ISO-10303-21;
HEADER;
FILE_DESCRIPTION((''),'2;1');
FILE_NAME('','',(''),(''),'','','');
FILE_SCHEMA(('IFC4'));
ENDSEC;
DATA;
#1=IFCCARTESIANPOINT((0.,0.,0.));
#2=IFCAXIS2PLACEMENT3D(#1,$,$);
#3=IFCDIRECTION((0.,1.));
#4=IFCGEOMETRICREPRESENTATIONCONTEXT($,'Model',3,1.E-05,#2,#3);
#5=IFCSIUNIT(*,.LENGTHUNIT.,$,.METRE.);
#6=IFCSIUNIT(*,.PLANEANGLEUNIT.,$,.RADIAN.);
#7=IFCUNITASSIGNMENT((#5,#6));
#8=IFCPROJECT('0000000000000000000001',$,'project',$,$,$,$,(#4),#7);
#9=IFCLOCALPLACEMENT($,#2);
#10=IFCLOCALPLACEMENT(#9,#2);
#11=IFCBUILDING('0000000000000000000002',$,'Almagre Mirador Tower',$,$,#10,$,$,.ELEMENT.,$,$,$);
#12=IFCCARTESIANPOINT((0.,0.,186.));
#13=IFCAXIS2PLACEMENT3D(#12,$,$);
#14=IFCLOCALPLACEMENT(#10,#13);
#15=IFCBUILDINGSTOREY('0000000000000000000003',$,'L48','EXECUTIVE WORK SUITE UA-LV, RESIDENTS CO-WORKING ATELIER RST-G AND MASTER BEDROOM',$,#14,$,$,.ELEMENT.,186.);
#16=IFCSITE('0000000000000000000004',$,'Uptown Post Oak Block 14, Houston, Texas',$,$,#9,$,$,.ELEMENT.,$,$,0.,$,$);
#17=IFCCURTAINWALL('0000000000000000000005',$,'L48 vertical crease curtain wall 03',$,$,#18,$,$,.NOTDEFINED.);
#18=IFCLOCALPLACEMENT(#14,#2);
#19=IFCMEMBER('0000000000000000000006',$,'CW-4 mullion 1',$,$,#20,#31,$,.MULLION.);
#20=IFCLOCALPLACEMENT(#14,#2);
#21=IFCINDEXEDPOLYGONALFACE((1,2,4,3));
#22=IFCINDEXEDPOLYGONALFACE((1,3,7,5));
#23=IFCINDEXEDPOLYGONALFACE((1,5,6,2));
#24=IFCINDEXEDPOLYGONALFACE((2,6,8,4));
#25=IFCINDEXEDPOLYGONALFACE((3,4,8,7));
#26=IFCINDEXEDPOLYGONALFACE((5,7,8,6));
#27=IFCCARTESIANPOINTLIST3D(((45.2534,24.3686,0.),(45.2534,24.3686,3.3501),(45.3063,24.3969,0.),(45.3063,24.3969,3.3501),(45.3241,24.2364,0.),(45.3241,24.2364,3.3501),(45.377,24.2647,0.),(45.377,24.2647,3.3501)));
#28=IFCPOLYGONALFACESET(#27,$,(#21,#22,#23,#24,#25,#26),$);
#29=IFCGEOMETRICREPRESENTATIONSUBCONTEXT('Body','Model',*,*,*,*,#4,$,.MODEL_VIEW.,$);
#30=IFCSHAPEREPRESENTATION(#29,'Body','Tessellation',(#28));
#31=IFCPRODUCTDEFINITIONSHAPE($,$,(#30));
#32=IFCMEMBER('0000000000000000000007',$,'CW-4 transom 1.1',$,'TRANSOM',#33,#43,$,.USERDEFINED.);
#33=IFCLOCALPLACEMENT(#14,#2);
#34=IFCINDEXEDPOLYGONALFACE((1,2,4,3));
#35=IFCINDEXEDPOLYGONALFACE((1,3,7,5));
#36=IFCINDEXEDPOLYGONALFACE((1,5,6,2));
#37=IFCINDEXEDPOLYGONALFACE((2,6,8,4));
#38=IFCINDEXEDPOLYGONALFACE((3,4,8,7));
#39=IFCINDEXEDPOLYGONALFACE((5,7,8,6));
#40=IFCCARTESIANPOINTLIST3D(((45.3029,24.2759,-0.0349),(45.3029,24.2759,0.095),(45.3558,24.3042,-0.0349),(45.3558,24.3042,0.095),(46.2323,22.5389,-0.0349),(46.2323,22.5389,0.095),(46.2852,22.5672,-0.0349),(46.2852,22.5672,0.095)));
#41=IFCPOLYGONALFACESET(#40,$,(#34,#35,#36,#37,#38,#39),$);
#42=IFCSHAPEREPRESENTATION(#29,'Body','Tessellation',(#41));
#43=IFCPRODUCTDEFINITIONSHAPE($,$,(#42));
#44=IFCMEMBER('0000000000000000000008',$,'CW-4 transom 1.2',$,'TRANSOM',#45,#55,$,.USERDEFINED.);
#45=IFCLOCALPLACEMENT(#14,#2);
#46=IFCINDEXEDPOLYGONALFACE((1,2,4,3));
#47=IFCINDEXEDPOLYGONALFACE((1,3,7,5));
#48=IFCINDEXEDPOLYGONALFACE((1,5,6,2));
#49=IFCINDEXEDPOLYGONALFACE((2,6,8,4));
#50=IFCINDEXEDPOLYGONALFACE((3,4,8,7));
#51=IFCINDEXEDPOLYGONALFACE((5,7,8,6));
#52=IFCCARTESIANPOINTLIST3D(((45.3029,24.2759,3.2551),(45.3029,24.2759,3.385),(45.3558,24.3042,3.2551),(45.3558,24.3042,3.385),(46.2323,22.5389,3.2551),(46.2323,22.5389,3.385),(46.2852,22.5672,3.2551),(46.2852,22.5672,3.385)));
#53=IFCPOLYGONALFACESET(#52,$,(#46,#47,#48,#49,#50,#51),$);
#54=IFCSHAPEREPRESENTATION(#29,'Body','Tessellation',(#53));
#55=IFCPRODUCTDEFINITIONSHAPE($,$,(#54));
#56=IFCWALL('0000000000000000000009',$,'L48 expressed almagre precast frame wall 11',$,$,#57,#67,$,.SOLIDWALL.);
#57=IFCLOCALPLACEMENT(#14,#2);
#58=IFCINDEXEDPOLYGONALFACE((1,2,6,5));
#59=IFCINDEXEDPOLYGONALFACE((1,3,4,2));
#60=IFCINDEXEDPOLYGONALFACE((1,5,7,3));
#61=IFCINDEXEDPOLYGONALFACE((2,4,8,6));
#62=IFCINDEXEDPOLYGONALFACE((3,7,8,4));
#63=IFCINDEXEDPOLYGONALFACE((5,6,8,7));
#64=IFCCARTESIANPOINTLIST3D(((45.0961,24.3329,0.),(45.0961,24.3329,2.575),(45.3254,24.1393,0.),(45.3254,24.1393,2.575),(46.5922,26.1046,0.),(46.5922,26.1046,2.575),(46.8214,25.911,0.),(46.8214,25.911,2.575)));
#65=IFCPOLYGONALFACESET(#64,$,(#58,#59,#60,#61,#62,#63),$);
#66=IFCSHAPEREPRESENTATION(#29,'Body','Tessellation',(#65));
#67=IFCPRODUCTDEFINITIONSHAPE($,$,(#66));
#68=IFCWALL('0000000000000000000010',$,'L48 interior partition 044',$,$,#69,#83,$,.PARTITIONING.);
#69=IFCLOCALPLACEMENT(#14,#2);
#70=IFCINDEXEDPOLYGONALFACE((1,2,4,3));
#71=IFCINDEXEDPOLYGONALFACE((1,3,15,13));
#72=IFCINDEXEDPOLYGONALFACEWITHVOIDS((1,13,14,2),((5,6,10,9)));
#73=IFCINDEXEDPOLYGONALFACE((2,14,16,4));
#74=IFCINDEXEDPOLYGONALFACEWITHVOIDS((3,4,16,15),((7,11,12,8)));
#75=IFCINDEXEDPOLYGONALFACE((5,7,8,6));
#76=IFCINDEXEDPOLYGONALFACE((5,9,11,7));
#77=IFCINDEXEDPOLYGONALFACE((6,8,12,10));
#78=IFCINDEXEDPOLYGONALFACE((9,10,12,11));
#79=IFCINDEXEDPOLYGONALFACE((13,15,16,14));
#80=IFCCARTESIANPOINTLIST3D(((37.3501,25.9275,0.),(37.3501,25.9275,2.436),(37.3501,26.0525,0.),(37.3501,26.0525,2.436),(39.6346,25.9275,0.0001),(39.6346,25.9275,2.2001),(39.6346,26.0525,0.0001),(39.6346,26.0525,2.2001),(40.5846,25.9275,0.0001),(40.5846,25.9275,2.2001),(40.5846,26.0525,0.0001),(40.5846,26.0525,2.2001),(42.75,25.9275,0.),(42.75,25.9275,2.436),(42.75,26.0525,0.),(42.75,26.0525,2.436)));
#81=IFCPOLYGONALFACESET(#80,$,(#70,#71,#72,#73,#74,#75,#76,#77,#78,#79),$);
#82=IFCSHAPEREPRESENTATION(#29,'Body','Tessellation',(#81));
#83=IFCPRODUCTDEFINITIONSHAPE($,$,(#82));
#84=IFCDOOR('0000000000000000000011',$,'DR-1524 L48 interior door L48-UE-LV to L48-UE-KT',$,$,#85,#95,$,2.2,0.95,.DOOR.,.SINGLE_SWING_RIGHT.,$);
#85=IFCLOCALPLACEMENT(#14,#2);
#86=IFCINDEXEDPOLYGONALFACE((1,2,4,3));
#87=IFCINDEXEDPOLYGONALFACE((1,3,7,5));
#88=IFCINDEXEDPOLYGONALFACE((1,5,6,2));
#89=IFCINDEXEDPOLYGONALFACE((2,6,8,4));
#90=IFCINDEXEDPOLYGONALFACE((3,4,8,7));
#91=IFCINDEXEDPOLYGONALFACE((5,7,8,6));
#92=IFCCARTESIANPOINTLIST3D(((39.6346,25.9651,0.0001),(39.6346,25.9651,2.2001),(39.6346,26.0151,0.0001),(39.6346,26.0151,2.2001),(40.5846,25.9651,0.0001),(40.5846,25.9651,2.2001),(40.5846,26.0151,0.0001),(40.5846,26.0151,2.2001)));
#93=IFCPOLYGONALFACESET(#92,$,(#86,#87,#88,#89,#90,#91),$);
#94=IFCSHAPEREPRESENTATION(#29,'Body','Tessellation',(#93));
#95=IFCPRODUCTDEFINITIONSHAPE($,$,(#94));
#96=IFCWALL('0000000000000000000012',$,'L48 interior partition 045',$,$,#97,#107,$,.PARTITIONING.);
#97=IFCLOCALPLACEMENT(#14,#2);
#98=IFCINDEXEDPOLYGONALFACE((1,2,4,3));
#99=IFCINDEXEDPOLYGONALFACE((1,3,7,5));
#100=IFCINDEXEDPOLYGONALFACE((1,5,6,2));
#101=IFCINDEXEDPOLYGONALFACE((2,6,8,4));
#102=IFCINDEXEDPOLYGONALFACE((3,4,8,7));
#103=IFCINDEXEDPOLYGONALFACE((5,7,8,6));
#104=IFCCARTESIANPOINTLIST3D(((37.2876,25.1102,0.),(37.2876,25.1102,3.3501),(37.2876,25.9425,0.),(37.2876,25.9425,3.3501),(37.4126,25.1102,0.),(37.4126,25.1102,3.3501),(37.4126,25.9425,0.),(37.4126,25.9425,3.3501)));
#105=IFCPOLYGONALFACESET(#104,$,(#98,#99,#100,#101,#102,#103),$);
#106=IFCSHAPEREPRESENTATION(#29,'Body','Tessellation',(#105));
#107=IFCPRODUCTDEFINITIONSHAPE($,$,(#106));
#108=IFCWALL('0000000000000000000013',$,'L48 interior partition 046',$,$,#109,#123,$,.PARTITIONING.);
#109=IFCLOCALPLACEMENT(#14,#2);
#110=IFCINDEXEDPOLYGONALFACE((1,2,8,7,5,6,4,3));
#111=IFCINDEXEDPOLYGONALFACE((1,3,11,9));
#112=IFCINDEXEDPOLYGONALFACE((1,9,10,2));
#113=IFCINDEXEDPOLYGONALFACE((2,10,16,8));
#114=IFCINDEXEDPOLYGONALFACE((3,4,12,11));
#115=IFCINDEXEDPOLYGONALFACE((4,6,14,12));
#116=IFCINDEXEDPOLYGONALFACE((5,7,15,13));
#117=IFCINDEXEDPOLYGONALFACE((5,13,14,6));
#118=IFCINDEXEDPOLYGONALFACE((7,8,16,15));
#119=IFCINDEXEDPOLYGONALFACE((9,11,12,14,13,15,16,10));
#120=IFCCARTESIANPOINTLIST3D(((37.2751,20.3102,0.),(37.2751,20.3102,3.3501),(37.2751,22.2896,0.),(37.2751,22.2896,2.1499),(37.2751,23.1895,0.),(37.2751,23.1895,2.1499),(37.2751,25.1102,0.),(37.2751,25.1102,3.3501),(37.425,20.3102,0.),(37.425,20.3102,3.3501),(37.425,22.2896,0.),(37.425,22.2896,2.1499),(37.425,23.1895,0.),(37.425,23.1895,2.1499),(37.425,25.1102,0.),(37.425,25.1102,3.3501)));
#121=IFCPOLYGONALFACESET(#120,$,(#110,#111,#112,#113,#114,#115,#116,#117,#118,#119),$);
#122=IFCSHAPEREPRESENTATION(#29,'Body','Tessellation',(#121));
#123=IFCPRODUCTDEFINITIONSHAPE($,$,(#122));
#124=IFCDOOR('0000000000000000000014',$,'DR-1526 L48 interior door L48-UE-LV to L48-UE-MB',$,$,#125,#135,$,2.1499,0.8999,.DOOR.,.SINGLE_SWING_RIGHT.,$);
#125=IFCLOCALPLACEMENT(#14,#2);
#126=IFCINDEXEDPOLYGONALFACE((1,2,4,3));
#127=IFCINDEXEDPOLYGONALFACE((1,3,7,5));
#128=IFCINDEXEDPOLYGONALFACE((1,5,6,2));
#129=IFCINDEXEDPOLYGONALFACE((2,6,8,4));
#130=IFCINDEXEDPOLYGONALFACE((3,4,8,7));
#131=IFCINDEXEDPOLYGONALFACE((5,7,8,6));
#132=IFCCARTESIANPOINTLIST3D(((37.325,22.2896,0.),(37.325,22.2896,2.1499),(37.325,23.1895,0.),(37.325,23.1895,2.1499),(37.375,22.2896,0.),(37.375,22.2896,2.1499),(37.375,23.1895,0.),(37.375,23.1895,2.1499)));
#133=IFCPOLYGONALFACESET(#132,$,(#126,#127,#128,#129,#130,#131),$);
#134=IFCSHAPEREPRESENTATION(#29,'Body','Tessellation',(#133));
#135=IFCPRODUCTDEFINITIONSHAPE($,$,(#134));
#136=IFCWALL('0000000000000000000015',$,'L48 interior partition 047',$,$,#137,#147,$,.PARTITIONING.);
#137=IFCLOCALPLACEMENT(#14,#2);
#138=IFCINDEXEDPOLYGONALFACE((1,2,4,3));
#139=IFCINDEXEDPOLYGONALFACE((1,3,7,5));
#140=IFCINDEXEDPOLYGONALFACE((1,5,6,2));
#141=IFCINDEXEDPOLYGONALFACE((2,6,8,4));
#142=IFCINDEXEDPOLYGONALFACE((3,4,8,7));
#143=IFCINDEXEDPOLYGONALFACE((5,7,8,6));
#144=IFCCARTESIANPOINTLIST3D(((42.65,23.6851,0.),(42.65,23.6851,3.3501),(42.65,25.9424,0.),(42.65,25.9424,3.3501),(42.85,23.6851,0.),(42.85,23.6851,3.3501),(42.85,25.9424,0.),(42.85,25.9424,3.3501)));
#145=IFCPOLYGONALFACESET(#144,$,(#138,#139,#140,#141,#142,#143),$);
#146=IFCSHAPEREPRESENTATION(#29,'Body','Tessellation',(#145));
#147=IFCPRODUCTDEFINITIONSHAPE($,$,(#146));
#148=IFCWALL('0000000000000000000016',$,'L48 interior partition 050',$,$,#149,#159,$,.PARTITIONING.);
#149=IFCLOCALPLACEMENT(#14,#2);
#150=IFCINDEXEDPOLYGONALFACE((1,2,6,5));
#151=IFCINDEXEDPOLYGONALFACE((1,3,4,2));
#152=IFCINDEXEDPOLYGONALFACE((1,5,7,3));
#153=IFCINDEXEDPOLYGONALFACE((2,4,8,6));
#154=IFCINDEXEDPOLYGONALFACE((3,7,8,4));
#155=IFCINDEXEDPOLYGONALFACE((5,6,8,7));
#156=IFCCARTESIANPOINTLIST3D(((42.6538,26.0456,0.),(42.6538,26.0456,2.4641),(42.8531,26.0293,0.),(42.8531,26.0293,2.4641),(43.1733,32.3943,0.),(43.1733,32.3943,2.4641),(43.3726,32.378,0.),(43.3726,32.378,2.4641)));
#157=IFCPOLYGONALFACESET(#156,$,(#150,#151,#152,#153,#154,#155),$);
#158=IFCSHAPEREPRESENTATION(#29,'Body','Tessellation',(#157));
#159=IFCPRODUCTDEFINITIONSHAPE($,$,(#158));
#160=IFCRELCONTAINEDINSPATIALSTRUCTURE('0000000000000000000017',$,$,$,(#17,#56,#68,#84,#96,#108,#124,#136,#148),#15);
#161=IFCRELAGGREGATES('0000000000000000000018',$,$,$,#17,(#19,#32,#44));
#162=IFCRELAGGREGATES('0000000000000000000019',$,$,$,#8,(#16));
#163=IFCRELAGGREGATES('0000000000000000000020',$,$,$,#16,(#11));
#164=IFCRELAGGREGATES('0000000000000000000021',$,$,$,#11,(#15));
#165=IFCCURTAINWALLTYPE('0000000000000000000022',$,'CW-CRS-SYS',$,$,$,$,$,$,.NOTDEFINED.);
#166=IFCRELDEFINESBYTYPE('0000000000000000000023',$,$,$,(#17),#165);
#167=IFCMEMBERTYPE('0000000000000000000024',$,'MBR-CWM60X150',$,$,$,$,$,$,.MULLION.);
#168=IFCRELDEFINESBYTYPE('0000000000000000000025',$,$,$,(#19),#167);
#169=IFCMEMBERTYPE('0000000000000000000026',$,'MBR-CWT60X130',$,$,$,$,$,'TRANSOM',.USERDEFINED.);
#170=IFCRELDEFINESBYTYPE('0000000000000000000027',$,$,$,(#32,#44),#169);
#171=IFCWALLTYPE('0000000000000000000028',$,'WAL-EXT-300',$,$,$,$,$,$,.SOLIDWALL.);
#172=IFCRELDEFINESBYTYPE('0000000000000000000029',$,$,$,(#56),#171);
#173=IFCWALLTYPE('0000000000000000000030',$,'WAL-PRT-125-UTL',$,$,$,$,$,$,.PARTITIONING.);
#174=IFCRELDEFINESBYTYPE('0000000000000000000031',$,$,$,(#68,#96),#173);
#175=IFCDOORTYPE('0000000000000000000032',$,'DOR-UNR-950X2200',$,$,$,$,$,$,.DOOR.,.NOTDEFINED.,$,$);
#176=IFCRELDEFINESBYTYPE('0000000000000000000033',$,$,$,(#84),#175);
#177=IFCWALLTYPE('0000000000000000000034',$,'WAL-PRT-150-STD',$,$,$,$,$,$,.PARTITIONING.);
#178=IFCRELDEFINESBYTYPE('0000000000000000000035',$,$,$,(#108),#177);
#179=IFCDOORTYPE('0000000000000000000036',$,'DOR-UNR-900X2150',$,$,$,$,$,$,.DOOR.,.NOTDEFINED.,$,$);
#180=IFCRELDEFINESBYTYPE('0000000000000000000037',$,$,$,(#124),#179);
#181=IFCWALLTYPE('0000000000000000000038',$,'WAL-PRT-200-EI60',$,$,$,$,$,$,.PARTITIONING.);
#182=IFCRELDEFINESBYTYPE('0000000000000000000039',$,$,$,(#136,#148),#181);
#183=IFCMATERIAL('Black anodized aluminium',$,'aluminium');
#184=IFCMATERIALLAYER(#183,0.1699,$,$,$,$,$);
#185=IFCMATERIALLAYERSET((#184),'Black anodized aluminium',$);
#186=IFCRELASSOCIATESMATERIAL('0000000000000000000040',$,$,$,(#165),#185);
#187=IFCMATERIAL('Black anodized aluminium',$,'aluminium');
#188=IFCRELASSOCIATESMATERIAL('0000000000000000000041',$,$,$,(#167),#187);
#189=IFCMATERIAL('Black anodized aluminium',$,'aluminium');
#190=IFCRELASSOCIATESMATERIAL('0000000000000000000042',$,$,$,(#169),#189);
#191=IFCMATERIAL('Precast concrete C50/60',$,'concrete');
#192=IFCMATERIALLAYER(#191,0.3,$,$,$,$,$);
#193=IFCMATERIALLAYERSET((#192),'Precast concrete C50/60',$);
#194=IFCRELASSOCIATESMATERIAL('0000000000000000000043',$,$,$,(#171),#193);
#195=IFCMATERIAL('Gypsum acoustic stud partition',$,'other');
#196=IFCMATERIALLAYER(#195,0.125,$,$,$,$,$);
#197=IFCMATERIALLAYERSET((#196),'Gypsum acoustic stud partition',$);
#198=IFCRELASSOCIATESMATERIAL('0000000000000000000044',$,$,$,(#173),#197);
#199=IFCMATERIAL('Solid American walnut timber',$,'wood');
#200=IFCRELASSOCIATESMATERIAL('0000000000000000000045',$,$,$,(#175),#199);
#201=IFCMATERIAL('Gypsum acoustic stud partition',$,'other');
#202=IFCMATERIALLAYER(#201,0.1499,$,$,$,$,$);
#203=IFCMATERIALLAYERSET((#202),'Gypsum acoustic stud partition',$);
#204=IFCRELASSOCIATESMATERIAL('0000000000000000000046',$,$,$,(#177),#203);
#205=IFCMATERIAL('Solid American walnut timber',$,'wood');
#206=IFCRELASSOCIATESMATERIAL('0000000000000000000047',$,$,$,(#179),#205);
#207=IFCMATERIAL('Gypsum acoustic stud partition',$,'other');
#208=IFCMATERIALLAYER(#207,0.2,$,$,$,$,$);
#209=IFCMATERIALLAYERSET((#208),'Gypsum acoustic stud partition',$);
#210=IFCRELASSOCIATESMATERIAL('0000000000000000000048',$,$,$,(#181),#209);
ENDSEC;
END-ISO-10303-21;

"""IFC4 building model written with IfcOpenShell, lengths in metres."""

from ifc_helpers import new_model, si_unit, direction, frame, frame_2d, origin, origin_2d, place, context, subcontext, project, spatial, rectangle, extrude, material, layer, layer_set, material_profile, profile_set, type_object, element, fill, aggregate, save


model = new_model("IFC4")

# Units and contexts
model_context = context("Model", 3, precision=1e-05, world=origin(), true_north=direction((0.0, 1.0)))
body_context = subcontext(model_context, "Body", "Model", "MODEL_VIEW")
ifc_project = project(units=[si_unit("LENGTHUNIT", "METRE"), si_unit("PLANEANGLEUNIT", "RADIAN")], contexts=[model_context])

# Site, building, storey
site_placement = place(None, origin())
site = spatial("IfcSite", under=ifc_project, at=site_placement, Name="Uptown Post Oak Block 14, Houston, Texas", CompositionType="ELEMENT", RefElevation=0.0)
building_placement = place(site_placement, origin())
building = spatial("IfcBuilding", under=site, at=building_placement, Name="Almagre Mirador Tower", CompositionType="ELEMENT")
storey_placement = place(building_placement, frame((0.0, 0.0, 186.0)))
storey = spatial("IfcBuildingStorey", under=building, at=storey_placement, Name="L48", Description="EXECUTIVE WORK SUITE UA-LV, RESIDENTS CO-WORKING ATELIER RST-G AND MASTER BEDROOM", CompositionType="ELEMENT", Elevation=186.0)

# Curtain wall, members
ifc_material_1 = material(Name="Black anodized aluminium", Category="aluminium")
ifc_layer_1 = layer(ifc_material_1, 0.1699)
ifc_layer_set_1 = layer_set([ifc_layer_1], Name="Black anodized aluminium")
curtain_wall_type = type_object("IfcCurtainWallType", Name="CW-CRS-SYS", PredefinedType="NOTDEFINED", material=ifc_layer_set_1)
curtain_wall_placement = place(storey_placement, origin())
curtain_wall = element("IfcCurtainWall", 1, at=curtain_wall_placement, inside=storey, type_object=curtain_wall_type, Name="L48 vertical crease curtain wall 03", PredefinedType="NOTDEFINED")
ifc_material_2 = material(Name="Black anodized aluminium", Category="aluminium")
ifc_material_profile_1 = material_profile(ifc_material_2, rectangle(XDim=0.0601, YDim=0.1499, at=origin_2d()), Name="CWM60X150")
ifc_profile_set_1 = profile_set([ifc_material_profile_1], Name="Black anodized aluminium")
member_type_1 = type_object("IfcMemberType", Name="MBR-CWM60X150", PredefinedType="MULLION", material=ifc_profile_set_1)
member_1_placement = place(storey_placement, frame((45.3152, 24.3167, 0.0), z_axis=(0.0, 0.0, 1.0), x_axis=(0.881743, 0.47173, 0.0)))
member_1 = element("IfcMember", 2, at=member_1_placement, type_object=member_type_1, Name="CW-4 mullion 1", PredefinedType="MULLION", context=body_context, shape_type="SweptSolid", body=[
    extrude(rectangle(XDim=0.0601, YDim=0.1499, at=origin_2d()), origin(), (0.0, 0.0, 1.0), 3.3501),
])
ifc_material_3 = material(Name="Black anodized aluminium", Category="aluminium")
ifc_material_profile_2 = material_profile(ifc_material_3, rectangle(XDim=0.0601, YDim=0.1299, at=origin_2d()), Name="CWT60X130")
ifc_profile_set_2 = profile_set([ifc_material_profile_2], Name="Black anodized aluminium")
member_type_2 = type_object("IfcMemberType", Name="MBR-CWT60X130", ElementType="TRANSOM", PredefinedType="USERDEFINED", material=ifc_profile_set_2)
member_2_placement = place(storey_placement, frame((45.3293, 24.29, 0.03), z_axis=(0.471778, -0.881718, 0.0), x_axis=(0.881718, 0.471778, 0.0)))
member_2 = element("IfcMember", 3, at=member_2_placement, type_object=member_type_2, Name="CW-4 transom 1.1", ObjectType="TRANSOM", PredefinedType="USERDEFINED", context=body_context, shape_type="SweptSolid", body=[
    extrude(rectangle(XDim=0.0601, YDim=0.1299, at=origin_2d()), origin(), (0.0, 0.0, 1.0), 1.97),
])
member_3_placement = place(storey_placement, frame((45.3293, 24.29, 3.3201), z_axis=(0.471778, -0.881718, 0.0), x_axis=(0.881718, 0.471778, 0.0)))
member_3 = element("IfcMember", 4, at=member_3_placement, type_object=member_type_2, Name="CW-4 transom 1.2", ObjectType="TRANSOM", PredefinedType="USERDEFINED", context=body_context, shape_type="SweptSolid", body=[
    extrude(rectangle(XDim=0.0601, YDim=0.1299, at=origin_2d()), origin(), (0.0, 0.0, 1.0), 1.97),
])
aggregate(curtain_wall, [member_1, member_2, member_3])

# Wall
ifc_material_4 = material(Name="Precast concrete C50/60", Category="concrete")
ifc_layer_2 = layer(ifc_material_4, 0.3)
ifc_layer_set_2 = layer_set([ifc_layer_2], Name="Precast concrete C50/60")
wall_type_1 = type_object("IfcWallType", Name="WAL-EXT-300", PredefinedType="SOLIDWALL", material=ifc_layer_set_2)
wall_1_placement = place(storey_placement, frame((46.7068, 26.0078, 0.0), z_axis=(0.0, 0.0, 1.0), x_axis=(-0.645173, -0.764037, 0.0)))
element("IfcWall", 5, at=wall_1_placement, inside=storey, type_object=wall_type_1, Name="L48 expressed almagre precast frame wall 11", PredefinedType="SOLIDWALL", context=body_context, shape_type="SweptSolid", body=[
    extrude(rectangle(XDim=2.3188, YDim=0.3, at=frame_2d((1.1594, 0.0))), origin(), (0.0, 0.0, 1.0), 2.575),
])

# Wall, opening, door
ifc_material_5 = material(Name="Gypsum acoustic stud partition", Category="other")
ifc_layer_3 = layer(ifc_material_5, 0.125)
ifc_layer_set_3 = layer_set([ifc_layer_3], Name="Gypsum acoustic stud partition")
wall_type_2 = type_object("IfcWallType", Name="WAL-PRT-125-UTL", PredefinedType="PARTITIONING", material=ifc_layer_set_3)
wall_2_placement = place(storey_placement, frame((42.75, 25.99, 0.0), z_axis=(0.0, 0.0, 1.0), x_axis=(-1.0, 0.0, 0.0)))
wall_2 = element("IfcWall", 6, at=wall_2_placement, inside=storey, type_object=wall_type_2, Name="L48 interior partition 044", PredefinedType="PARTITIONING", context=body_context, shape_type="SweptSolid", body=[
    extrude(rectangle(XDim=5.3999, YDim=0.125, at=frame_2d((2.7, 0.0))), origin(), (0.0, 0.0, 1.0), 2.436),
])
opening_1_placement = place(wall_2_placement, frame((2.1653, 0.0, 0.0)))
opening_1 = element("IfcOpeningElement", 7, at=opening_1_placement, cuts=wall_2, PredefinedType="OPENING", context=body_context, shape_type="SweptSolid", body=[
    extrude(rectangle(XDim=0.95, YDim=2.2, at=frame_2d((0.4751, 1.1001))), frame((0.0, 0.0725, 0.0), z_axis=(0.0, -1.0, 0.0), x_axis=(1.0, 0.0, 0.0)), (0.0, 0.0, 1.0), 0.145),
])
ifc_material_6 = material(Name="Solid American walnut timber", Category="wood")
door_type_1 = type_object("IfcDoorType", Name="DOR-UNR-950X2200", OperationType="NOTDEFINED", PredefinedType="DOOR", material=ifc_material_6)
door_1_placement = place(opening_1_placement, origin())
door_1 = element("IfcDoor", 8, at=door_1_placement, inside=storey, type_object=door_type_1, Name="DR-1524 L48 interior door L48-UE-LV to L48-UE-KT", OperationType="SINGLE_SWING_RIGHT", OverallHeight=2.2, OverallWidth=0.95, PredefinedType="DOOR", context=body_context, shape_type="SweptSolid", body=[
    extrude(rectangle(XDim=0.95, YDim=2.2, at=frame_2d((0.4751, 1.1001))), frame((0.0, 0.0249, 0.0), z_axis=(0.0, -1.0, 0.0), x_axis=(1.0, 0.0, 0.0)), (0.0, 0.0, 1.0), 0.05),
])
fill(opening_1, door_1)

# Wall
wall_3_placement = place(storey_placement, frame((37.3501, 25.9424, 0.0), z_axis=(0.0, 0.0, 1.0), x_axis=(0.0, -1.0, 0.0)))
element("IfcWall", 9, at=wall_3_placement, inside=storey, type_object=wall_type_2, Name="L48 interior partition 045", PredefinedType="PARTITIONING", context=body_context, shape_type="SweptSolid", body=[
    extrude(rectangle(XDim=0.8323, YDim=0.125, at=frame_2d((0.416, 0.0))), origin(), (0.0, 0.0, 1.0), 3.3501),
])

# Wall, opening, door
ifc_material_7 = material(Name="Gypsum acoustic stud partition", Category="other")
ifc_layer_4 = layer(ifc_material_7, 0.1499)
ifc_layer_set_4 = layer_set([ifc_layer_4], Name="Gypsum acoustic stud partition")
wall_type_3 = type_object("IfcWallType", Name="WAL-PRT-150-STD", PredefinedType="PARTITIONING", material=ifc_layer_set_4)
wall_4_placement = place(storey_placement, frame((37.3501, 25.1101, 0.0), z_axis=(0.0, 0.0, 1.0), x_axis=(0.0, -1.0, 0.0)))
wall_4 = element("IfcWall", 10, at=wall_4_placement, inside=storey, type_object=wall_type_3, Name="L48 interior partition 046", PredefinedType="PARTITIONING", context=body_context, shape_type="SweptSolid", body=[
    extrude(rectangle(XDim=4.8, YDim=0.1499, at=frame_2d((2.3999, 0.0))), origin(), (0.0, 0.0, 1.0), 3.3501),
])
opening_2_placement = place(wall_4_placement, frame((1.9207, 0.0, 0.0)))
opening_2 = element("IfcOpeningElement", 11, at=opening_2_placement, cuts=wall_4, PredefinedType="OPENING", context=body_context, shape_type="SweptSolid", body=[
    extrude(rectangle(XDim=0.8999, YDim=2.1499, at=frame_2d((0.45, 1.075))), frame((0.0, 0.085, 0.0), z_axis=(0.0, -1.0, 0.0), x_axis=(1.0, 0.0, 0.0)), (0.0, 0.0, 1.0), 0.1699),
])
ifc_material_8 = material(Name="Solid American walnut timber", Category="wood")
door_type_2 = type_object("IfcDoorType", Name="DOR-UNR-900X2150", OperationType="NOTDEFINED", PredefinedType="DOOR", material=ifc_material_8)
door_2_placement = place(opening_2_placement, origin())
door_2 = element("IfcDoor", 12, at=door_2_placement, inside=storey, type_object=door_type_2, Name="DR-1526 L48 interior door L48-UE-LV to L48-UE-MB", OperationType="SINGLE_SWING_RIGHT", OverallHeight=2.1499, OverallWidth=0.8999, PredefinedType="DOOR", context=body_context, shape_type="SweptSolid", body=[
    extrude(rectangle(XDim=0.8999, YDim=2.1499, at=frame_2d((0.45, 1.075))), frame((0.0, 0.0249, 0.0), z_axis=(0.0, -1.0, 0.0), x_axis=(1.0, 0.0, 0.0)), (0.0, 0.0, 1.0), 0.05),
])
fill(opening_2, door_2)

# Walls
ifc_material_9 = material(Name="Gypsum acoustic stud partition", Category="other")
ifc_layer_5 = layer(ifc_material_9, 0.2)
ifc_layer_set_5 = layer_set([ifc_layer_5], Name="Gypsum acoustic stud partition")
wall_type_4 = type_object("IfcWallType", Name="WAL-PRT-200-EI60", PredefinedType="PARTITIONING", material=ifc_layer_set_5)
wall_5_placement = place(storey_placement, frame((42.75, 23.6851, 0.0), z_axis=(0.0, 0.0, 1.0), x_axis=(0.0, 1.0, 0.0)))
element("IfcWall", 13, at=wall_5_placement, inside=storey, type_object=wall_type_4, Name="L48 interior partition 047", PredefinedType="PARTITIONING", context=body_context, shape_type="SweptSolid", body=[
    extrude(rectangle(XDim=2.2573, YDim=0.2, at=frame_2d((1.1287, 0.0))), origin(), (0.0, 0.0, 1.0), 3.3501),
])
wall_6_placement = place(storey_placement, frame((42.7534, 26.0374, 0.0), z_axis=(0.0, 0.0, 1.0), x_axis=(0.081561, 0.996668, 0.0)))
element("IfcWall", 14, at=wall_6_placement, inside=storey, type_object=wall_type_4, Name="L48 interior partition 050", PredefinedType="PARTITIONING", context=body_context, shape_type="SweptSolid", body=[
    extrude(rectangle(XDim=6.3699, YDim=0.2, at=frame_2d((3.1851, 0.0))), origin(), (0.0, 0.0, 1.0), 2.4641),
])

save(model, "model.ifc")
